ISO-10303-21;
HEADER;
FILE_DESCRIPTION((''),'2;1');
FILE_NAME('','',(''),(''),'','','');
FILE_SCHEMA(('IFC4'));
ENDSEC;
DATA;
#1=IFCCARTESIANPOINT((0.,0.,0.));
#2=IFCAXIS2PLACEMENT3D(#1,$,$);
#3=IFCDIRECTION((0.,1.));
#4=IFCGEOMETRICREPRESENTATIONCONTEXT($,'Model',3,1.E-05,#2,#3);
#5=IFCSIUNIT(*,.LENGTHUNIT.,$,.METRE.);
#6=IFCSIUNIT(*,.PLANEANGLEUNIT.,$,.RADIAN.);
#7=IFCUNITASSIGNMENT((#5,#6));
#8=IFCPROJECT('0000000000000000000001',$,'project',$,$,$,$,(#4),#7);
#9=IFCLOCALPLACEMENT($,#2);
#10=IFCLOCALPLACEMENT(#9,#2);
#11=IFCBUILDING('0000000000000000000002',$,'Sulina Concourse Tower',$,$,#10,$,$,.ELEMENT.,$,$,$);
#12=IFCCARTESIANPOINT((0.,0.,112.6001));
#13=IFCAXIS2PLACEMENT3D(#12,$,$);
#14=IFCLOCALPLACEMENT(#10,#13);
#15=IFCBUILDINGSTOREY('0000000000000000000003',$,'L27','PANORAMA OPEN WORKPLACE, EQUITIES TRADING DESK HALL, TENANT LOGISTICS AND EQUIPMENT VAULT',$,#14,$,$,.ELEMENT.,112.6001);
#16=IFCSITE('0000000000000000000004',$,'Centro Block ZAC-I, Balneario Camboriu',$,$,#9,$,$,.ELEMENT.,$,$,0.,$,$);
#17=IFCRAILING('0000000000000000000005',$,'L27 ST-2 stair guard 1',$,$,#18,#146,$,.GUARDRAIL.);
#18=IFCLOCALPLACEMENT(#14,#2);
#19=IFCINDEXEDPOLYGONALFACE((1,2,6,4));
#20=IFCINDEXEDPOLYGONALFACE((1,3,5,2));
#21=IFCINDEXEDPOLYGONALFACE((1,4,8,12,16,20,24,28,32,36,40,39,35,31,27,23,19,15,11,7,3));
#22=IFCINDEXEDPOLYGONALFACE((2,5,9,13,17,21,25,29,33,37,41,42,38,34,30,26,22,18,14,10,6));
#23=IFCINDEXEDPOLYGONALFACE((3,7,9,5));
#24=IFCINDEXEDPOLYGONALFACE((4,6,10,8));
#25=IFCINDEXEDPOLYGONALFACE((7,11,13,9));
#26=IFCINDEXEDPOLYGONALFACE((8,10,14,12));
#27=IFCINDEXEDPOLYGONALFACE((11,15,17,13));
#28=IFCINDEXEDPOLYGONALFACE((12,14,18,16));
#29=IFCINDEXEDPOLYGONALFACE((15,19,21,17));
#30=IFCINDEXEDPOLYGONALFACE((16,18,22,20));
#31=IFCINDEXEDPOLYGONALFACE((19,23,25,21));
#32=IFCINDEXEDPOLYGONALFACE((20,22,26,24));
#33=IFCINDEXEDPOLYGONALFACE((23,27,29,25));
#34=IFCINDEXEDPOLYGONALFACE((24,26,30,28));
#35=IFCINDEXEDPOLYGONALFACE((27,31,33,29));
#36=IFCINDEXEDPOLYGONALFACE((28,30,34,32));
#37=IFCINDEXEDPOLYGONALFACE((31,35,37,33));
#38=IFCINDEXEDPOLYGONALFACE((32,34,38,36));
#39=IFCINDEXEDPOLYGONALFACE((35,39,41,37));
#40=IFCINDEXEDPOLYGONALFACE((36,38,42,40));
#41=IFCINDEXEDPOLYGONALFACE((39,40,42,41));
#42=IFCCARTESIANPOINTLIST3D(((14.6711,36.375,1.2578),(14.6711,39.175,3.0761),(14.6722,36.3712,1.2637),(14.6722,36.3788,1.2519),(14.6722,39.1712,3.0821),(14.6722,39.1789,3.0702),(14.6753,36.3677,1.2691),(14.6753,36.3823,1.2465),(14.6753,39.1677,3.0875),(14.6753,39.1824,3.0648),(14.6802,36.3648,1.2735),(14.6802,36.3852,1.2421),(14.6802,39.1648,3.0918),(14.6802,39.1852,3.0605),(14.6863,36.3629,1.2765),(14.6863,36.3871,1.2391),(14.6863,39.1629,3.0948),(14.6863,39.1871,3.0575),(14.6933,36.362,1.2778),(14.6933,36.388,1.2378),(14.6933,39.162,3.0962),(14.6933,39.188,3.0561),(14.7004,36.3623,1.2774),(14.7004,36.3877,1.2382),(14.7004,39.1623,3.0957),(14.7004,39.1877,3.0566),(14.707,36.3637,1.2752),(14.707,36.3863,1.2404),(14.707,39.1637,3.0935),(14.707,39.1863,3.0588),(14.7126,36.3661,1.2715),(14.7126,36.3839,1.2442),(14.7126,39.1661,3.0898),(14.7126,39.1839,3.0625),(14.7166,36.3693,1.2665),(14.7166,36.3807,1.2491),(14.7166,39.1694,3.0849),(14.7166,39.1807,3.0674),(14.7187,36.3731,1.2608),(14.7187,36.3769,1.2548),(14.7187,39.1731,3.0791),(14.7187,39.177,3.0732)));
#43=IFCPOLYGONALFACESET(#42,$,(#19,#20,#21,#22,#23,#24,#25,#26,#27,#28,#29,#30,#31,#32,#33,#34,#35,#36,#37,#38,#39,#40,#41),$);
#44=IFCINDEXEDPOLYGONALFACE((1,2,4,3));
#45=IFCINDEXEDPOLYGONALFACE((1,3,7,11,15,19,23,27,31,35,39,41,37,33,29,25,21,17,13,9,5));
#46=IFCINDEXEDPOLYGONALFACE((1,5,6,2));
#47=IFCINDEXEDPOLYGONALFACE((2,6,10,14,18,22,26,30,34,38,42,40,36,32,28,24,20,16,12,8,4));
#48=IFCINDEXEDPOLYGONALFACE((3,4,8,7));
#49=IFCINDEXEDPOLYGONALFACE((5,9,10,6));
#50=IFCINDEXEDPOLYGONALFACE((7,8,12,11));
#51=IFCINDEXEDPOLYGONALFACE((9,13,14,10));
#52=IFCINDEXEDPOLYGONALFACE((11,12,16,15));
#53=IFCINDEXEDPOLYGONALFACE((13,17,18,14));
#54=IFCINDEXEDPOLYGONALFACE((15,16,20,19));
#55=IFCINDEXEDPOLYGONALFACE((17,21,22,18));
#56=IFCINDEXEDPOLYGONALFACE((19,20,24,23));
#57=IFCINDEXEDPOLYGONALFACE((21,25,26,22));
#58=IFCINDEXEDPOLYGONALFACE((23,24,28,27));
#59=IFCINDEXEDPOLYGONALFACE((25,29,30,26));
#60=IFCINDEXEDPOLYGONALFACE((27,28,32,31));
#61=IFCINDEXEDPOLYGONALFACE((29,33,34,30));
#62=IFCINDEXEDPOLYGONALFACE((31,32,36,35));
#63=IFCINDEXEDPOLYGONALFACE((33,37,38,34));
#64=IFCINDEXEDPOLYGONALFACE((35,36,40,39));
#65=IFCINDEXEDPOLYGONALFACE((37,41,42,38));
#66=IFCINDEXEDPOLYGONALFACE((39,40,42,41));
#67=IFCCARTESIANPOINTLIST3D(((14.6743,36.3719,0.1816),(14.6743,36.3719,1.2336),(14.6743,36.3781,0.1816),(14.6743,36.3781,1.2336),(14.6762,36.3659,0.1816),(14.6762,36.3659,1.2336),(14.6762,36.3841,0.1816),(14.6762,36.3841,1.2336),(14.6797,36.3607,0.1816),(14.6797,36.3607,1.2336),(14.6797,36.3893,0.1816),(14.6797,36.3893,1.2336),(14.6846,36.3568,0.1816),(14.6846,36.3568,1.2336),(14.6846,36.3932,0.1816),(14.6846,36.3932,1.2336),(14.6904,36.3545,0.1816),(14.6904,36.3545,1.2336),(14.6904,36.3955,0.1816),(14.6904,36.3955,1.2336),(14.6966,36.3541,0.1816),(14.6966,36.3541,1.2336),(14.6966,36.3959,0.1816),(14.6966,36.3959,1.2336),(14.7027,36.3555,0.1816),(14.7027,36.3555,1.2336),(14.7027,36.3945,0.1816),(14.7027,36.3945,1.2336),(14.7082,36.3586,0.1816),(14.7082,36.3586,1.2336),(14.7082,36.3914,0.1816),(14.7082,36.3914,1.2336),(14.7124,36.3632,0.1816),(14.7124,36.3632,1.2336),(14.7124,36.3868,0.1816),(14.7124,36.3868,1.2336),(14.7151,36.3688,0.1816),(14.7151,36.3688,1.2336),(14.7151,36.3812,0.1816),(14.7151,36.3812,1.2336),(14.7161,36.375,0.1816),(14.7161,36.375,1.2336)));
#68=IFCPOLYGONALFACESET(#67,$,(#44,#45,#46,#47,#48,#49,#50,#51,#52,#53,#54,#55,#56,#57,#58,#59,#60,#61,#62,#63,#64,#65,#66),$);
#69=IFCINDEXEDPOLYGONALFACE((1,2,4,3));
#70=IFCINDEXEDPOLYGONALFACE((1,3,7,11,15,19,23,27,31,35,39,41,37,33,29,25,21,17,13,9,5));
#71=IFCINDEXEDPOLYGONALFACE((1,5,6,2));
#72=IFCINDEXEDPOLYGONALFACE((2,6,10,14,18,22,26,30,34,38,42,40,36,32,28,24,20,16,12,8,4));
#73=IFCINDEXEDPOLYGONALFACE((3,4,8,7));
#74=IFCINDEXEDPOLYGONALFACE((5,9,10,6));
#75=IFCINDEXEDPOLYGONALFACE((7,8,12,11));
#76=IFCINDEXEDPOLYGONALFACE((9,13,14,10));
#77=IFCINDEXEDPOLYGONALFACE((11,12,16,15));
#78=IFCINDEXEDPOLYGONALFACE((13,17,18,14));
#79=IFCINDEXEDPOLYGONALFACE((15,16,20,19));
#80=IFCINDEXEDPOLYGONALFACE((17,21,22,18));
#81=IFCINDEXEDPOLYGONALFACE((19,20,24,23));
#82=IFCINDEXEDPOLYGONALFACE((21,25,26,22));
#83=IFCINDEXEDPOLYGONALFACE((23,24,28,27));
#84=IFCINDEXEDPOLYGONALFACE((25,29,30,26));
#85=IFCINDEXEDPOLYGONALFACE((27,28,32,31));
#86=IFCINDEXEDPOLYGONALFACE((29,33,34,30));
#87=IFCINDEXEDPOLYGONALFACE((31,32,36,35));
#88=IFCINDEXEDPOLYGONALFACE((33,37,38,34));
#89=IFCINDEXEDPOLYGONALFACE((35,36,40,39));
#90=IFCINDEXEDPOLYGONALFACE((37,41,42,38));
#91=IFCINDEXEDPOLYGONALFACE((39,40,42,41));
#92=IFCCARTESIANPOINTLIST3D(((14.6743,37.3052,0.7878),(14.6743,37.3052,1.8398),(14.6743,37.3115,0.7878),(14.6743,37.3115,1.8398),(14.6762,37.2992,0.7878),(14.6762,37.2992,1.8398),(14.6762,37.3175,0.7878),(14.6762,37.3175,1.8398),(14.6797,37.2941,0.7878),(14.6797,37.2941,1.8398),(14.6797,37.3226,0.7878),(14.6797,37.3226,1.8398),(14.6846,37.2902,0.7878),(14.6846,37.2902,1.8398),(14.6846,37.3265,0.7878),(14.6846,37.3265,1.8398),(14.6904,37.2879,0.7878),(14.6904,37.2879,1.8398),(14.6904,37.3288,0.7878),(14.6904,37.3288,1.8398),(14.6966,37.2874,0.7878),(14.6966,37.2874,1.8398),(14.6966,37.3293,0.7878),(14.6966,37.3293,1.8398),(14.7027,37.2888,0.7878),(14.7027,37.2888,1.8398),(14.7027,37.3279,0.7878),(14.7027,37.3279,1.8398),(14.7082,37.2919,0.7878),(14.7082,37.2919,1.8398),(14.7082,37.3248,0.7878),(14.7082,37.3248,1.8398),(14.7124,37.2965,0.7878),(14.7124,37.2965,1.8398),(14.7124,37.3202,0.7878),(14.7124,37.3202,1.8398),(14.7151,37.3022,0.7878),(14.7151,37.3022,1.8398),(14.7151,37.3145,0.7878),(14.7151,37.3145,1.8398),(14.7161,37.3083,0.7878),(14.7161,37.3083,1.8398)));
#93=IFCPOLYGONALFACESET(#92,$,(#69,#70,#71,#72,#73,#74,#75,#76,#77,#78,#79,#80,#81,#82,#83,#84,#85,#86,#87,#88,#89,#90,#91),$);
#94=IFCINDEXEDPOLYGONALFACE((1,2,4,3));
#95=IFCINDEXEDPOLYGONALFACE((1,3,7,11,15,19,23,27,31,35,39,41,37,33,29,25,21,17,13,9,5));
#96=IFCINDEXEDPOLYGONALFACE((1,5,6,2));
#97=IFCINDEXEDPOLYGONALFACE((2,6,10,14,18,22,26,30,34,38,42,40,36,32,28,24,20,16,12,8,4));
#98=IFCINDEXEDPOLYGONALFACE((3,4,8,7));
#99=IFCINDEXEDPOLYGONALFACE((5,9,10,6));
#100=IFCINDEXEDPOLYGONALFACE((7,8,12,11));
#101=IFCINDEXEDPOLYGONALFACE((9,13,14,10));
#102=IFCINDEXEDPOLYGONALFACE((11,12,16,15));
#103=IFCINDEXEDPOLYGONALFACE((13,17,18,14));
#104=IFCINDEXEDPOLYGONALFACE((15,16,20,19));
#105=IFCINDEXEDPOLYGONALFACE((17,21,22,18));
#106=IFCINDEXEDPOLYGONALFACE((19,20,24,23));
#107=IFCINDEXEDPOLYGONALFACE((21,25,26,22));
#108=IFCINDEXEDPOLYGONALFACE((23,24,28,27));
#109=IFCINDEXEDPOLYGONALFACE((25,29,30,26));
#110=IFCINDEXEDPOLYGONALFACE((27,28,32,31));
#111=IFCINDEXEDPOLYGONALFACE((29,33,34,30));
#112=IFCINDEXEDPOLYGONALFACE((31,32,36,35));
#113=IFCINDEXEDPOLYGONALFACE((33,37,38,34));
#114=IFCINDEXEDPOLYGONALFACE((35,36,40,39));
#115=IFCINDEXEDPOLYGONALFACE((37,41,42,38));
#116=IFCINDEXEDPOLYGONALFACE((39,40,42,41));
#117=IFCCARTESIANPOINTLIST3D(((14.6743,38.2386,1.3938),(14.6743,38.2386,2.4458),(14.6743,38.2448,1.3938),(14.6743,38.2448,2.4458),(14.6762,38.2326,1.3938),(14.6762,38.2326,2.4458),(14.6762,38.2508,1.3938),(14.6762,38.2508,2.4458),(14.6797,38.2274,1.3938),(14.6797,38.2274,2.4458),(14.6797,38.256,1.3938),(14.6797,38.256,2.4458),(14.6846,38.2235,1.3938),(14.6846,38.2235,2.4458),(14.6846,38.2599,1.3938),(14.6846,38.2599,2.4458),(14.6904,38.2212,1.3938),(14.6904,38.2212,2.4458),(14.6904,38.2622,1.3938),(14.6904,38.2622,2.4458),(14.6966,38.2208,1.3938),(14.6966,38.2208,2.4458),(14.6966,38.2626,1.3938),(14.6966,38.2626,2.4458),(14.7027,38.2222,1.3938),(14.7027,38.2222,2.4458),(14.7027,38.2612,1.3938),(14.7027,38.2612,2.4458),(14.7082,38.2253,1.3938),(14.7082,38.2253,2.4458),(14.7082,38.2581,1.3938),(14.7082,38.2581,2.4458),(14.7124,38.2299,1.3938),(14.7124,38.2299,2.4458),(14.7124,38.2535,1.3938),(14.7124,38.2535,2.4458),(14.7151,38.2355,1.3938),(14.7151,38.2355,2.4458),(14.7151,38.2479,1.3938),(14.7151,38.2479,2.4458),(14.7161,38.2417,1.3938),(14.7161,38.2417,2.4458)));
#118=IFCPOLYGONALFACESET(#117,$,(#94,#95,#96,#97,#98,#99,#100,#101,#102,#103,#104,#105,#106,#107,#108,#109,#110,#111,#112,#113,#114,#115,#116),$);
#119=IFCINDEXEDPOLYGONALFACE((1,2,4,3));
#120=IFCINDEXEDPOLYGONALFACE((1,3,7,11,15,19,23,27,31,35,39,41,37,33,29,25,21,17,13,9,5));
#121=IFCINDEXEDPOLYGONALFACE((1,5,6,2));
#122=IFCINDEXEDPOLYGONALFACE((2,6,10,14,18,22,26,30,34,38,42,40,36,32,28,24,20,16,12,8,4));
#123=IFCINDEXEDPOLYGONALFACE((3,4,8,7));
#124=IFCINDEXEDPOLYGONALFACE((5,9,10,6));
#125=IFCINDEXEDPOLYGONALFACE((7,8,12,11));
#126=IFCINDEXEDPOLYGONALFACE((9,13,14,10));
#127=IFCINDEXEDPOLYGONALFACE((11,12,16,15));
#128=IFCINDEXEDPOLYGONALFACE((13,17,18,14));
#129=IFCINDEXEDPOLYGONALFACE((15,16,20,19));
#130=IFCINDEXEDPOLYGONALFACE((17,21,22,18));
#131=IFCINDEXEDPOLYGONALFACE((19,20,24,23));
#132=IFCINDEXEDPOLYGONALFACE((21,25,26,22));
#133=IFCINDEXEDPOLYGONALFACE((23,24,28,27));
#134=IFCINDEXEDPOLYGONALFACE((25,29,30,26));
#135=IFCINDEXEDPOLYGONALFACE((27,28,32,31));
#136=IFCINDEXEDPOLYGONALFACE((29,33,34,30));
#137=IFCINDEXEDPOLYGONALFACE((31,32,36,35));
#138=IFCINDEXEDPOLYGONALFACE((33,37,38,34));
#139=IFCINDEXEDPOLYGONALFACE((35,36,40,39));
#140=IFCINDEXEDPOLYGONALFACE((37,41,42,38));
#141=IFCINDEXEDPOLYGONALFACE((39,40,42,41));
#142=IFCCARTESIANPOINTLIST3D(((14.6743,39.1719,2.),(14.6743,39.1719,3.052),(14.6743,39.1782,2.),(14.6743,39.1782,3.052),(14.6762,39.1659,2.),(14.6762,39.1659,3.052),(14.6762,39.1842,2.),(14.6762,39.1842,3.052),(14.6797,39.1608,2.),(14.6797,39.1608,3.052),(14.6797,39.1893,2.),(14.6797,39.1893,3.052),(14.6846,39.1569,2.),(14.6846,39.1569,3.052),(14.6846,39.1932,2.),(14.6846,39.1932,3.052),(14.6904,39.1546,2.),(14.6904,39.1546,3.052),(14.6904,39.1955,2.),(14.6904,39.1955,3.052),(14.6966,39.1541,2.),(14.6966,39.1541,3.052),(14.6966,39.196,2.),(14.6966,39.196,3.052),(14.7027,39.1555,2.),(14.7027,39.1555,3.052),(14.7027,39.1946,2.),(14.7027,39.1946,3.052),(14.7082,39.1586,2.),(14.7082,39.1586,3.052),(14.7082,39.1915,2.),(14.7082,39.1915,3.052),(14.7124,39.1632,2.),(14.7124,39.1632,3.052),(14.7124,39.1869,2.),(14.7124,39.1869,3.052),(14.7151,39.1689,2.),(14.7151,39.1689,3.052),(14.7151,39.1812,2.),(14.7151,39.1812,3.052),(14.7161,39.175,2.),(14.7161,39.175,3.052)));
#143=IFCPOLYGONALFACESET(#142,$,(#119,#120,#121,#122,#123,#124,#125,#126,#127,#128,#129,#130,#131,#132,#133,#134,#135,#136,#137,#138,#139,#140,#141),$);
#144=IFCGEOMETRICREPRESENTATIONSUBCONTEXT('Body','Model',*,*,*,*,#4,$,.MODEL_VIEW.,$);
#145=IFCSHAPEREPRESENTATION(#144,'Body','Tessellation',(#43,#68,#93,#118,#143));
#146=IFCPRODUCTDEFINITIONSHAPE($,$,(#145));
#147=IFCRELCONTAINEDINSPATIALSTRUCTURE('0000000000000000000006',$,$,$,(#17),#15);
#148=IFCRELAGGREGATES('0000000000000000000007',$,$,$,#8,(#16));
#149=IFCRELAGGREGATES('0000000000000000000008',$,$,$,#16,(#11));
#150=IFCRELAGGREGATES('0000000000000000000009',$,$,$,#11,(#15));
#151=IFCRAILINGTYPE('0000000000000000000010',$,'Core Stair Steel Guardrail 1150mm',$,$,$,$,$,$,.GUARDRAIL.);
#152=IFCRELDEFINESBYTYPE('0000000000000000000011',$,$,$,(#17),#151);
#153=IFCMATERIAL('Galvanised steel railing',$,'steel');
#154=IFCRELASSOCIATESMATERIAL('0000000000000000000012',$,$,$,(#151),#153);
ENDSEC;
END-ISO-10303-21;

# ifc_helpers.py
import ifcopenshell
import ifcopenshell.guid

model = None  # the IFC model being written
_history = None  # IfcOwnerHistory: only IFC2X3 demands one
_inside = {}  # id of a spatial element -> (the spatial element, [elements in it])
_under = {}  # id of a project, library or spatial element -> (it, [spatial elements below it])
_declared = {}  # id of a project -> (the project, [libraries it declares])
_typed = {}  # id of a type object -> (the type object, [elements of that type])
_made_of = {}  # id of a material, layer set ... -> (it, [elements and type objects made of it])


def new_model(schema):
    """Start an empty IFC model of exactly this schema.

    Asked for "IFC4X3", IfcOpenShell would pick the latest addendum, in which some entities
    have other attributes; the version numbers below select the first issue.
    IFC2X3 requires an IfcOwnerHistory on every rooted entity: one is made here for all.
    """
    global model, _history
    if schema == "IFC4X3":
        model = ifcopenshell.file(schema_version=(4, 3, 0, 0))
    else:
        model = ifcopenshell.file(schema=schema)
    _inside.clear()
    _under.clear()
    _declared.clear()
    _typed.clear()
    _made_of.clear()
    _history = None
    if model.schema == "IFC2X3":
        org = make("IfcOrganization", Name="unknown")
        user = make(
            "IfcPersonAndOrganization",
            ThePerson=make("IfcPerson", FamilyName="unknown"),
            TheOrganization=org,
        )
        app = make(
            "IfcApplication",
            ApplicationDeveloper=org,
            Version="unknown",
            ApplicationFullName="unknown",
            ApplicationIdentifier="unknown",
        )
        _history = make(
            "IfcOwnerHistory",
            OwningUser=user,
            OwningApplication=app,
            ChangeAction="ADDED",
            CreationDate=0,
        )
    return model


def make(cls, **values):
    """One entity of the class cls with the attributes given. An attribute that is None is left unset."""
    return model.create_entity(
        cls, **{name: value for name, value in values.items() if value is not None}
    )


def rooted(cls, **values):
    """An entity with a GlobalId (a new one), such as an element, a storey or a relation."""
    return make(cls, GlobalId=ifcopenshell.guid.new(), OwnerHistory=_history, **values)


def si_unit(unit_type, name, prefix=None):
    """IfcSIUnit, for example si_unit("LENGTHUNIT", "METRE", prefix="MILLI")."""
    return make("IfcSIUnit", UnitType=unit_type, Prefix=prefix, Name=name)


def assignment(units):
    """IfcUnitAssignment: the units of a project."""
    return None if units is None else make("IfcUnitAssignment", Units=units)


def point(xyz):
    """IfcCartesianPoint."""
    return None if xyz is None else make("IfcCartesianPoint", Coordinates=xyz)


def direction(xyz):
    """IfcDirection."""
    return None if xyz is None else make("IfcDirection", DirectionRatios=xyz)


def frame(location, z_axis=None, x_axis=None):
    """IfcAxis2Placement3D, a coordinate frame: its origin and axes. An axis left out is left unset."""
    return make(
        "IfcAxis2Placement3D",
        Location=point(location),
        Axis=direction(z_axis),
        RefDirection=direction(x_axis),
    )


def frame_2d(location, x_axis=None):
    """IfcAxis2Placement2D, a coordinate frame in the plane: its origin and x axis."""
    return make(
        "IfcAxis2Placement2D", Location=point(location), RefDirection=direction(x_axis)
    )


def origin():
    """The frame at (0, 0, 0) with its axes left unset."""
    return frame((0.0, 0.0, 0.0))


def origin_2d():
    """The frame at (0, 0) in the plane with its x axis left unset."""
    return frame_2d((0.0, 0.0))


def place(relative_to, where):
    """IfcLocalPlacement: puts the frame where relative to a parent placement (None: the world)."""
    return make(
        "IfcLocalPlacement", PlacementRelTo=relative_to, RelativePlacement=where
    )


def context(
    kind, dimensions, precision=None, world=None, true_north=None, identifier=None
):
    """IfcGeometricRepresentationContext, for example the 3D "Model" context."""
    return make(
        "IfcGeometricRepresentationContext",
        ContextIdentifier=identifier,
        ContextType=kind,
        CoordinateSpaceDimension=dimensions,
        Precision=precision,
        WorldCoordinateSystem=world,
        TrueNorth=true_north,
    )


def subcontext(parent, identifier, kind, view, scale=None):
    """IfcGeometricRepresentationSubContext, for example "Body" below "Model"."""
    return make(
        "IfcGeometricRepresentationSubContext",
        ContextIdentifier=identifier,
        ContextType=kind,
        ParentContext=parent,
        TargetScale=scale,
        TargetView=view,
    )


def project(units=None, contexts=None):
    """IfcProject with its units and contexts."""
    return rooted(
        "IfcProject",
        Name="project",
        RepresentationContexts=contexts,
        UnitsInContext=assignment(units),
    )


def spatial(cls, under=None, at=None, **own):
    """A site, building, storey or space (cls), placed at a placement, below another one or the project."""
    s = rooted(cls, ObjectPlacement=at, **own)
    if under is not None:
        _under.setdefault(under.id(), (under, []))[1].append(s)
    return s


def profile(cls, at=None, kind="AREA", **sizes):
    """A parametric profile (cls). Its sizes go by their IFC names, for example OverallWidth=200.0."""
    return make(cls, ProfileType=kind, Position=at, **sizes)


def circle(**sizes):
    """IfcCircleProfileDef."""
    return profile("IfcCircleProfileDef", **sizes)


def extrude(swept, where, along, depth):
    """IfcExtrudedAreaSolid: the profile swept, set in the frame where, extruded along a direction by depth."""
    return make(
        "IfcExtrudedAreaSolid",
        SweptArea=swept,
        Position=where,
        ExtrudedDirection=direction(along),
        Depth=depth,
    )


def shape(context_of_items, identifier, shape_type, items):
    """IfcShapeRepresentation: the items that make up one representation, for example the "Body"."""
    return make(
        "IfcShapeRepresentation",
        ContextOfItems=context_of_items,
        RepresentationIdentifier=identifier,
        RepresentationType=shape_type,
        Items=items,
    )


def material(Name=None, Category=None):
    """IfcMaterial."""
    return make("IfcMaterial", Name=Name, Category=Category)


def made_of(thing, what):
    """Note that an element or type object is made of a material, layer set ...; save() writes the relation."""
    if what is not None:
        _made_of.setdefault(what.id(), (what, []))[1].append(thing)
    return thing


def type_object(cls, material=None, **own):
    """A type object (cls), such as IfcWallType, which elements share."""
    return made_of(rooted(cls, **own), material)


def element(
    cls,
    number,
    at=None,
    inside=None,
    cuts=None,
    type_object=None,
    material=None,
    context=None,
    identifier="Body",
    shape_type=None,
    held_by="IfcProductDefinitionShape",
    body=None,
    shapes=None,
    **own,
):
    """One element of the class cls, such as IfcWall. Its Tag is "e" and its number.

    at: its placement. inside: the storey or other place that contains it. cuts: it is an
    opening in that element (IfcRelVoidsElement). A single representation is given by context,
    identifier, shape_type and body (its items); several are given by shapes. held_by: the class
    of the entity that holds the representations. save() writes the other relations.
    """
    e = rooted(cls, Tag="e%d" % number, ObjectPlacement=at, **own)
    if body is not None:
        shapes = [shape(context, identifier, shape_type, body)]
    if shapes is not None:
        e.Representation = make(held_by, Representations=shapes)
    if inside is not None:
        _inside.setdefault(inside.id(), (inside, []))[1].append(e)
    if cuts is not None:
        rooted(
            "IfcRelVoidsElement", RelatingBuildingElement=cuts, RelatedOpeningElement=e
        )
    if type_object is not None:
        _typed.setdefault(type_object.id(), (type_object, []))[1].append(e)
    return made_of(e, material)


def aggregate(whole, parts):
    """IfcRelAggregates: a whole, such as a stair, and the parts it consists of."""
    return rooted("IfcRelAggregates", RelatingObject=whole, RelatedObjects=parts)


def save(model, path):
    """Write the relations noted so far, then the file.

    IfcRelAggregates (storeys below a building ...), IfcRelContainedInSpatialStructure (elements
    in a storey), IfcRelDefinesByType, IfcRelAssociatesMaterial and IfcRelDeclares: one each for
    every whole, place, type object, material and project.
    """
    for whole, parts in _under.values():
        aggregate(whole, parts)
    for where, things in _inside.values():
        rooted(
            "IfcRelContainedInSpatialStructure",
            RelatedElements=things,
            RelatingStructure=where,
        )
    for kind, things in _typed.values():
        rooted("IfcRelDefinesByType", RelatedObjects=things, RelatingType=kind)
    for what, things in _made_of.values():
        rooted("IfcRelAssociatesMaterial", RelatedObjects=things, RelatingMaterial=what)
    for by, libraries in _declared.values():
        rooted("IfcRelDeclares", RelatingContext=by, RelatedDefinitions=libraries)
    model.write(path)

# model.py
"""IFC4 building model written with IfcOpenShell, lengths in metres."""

from ifc_helpers import new_model, si_unit, direction, frame, origin, origin_2d, place, context, subcontext, project, spatial, circle, extrude, material, type_object, element, save


model = new_model("IFC4")

# Units and contexts
model_context = context("Model", 3, precision=1e-05, world=origin(), true_north=direction((0.0, 1.0)))
body_context = subcontext(model_context, "Body", "Model", "MODEL_VIEW")
ifc_project = project(units=[si_unit("LENGTHUNIT", "METRE"), si_unit("PLANEANGLEUNIT", "RADIAN")], contexts=[model_context])

# Site, building, storey
site_placement = place(None, origin())
site = spatial("IfcSite", under=ifc_project, at=site_placement, Name="Centro Block ZAC-I, Balneario Camboriu", CompositionType="ELEMENT", RefElevation=0.0)
building_placement = place(site_placement, origin())
building = spatial("IfcBuilding", under=site, at=building_placement, Name="Sulina Concourse Tower", CompositionType="ELEMENT")
storey_placement = place(building_placement, frame((0.0, 0.0, 112.6001)))
storey = spatial("IfcBuildingStorey", under=building, at=storey_placement, Name="L27", Description="PANORAMA OPEN WORKPLACE, EQUITIES TRADING DESK HALL, TENANT LOGISTICS AND EQUIPMENT VAULT", CompositionType="ELEMENT", Elevation=112.6001)

# Railing
ifc_material_1 = material(Name="Galvanised steel railing", Category="steel")
railing_type_1 = type_object("IfcRailingType", Name="Core Stair Steel Guardrail 1150mm", PredefinedType="GUARDRAIL", material=ifc_material_1)
railing_1_placement = place(storey_placement, frame((14.6951, 36.375, 0.1816)))
element("IfcRailing", 1, at=railing_1_placement, inside=storey, type_object=railing_type_1, Name="L27 ST-2 stair guard 1", PredefinedType="GUARDRAIL", context=body_context, shape_type="SweptSolid", body=[
    extrude(circle(Radius=0.0239, at=origin_2d()), frame((0.0, 0.0, 1.0762), z_axis=(0.0, 0.838672, 0.544636), x_axis=(-1.0, 0.0, 0.0)), (0.0, 0.0, 1.0), 3.3386),
    extrude(circle(Radius=0.021, at=origin_2d()), origin(), (0.0, 0.0, 1.0), 1.052),
    extrude(circle(Radius=0.021, at=origin_2d()), frame((0.0, 0.9333, 0.6062)), (0.0, 0.0, 1.0), 1.052),
    extrude(circle(Radius=0.021, at=origin_2d()), frame((0.0, 1.8667, 1.2122)), (0.0, 0.0, 1.0), 1.052),
    extrude(circle(Radius=0.021, at=origin_2d()), frame((0.0, 2.8, 1.8184)), (0.0, 0.0, 1.0), 1.052),
])

save(model, "model.ifc")
